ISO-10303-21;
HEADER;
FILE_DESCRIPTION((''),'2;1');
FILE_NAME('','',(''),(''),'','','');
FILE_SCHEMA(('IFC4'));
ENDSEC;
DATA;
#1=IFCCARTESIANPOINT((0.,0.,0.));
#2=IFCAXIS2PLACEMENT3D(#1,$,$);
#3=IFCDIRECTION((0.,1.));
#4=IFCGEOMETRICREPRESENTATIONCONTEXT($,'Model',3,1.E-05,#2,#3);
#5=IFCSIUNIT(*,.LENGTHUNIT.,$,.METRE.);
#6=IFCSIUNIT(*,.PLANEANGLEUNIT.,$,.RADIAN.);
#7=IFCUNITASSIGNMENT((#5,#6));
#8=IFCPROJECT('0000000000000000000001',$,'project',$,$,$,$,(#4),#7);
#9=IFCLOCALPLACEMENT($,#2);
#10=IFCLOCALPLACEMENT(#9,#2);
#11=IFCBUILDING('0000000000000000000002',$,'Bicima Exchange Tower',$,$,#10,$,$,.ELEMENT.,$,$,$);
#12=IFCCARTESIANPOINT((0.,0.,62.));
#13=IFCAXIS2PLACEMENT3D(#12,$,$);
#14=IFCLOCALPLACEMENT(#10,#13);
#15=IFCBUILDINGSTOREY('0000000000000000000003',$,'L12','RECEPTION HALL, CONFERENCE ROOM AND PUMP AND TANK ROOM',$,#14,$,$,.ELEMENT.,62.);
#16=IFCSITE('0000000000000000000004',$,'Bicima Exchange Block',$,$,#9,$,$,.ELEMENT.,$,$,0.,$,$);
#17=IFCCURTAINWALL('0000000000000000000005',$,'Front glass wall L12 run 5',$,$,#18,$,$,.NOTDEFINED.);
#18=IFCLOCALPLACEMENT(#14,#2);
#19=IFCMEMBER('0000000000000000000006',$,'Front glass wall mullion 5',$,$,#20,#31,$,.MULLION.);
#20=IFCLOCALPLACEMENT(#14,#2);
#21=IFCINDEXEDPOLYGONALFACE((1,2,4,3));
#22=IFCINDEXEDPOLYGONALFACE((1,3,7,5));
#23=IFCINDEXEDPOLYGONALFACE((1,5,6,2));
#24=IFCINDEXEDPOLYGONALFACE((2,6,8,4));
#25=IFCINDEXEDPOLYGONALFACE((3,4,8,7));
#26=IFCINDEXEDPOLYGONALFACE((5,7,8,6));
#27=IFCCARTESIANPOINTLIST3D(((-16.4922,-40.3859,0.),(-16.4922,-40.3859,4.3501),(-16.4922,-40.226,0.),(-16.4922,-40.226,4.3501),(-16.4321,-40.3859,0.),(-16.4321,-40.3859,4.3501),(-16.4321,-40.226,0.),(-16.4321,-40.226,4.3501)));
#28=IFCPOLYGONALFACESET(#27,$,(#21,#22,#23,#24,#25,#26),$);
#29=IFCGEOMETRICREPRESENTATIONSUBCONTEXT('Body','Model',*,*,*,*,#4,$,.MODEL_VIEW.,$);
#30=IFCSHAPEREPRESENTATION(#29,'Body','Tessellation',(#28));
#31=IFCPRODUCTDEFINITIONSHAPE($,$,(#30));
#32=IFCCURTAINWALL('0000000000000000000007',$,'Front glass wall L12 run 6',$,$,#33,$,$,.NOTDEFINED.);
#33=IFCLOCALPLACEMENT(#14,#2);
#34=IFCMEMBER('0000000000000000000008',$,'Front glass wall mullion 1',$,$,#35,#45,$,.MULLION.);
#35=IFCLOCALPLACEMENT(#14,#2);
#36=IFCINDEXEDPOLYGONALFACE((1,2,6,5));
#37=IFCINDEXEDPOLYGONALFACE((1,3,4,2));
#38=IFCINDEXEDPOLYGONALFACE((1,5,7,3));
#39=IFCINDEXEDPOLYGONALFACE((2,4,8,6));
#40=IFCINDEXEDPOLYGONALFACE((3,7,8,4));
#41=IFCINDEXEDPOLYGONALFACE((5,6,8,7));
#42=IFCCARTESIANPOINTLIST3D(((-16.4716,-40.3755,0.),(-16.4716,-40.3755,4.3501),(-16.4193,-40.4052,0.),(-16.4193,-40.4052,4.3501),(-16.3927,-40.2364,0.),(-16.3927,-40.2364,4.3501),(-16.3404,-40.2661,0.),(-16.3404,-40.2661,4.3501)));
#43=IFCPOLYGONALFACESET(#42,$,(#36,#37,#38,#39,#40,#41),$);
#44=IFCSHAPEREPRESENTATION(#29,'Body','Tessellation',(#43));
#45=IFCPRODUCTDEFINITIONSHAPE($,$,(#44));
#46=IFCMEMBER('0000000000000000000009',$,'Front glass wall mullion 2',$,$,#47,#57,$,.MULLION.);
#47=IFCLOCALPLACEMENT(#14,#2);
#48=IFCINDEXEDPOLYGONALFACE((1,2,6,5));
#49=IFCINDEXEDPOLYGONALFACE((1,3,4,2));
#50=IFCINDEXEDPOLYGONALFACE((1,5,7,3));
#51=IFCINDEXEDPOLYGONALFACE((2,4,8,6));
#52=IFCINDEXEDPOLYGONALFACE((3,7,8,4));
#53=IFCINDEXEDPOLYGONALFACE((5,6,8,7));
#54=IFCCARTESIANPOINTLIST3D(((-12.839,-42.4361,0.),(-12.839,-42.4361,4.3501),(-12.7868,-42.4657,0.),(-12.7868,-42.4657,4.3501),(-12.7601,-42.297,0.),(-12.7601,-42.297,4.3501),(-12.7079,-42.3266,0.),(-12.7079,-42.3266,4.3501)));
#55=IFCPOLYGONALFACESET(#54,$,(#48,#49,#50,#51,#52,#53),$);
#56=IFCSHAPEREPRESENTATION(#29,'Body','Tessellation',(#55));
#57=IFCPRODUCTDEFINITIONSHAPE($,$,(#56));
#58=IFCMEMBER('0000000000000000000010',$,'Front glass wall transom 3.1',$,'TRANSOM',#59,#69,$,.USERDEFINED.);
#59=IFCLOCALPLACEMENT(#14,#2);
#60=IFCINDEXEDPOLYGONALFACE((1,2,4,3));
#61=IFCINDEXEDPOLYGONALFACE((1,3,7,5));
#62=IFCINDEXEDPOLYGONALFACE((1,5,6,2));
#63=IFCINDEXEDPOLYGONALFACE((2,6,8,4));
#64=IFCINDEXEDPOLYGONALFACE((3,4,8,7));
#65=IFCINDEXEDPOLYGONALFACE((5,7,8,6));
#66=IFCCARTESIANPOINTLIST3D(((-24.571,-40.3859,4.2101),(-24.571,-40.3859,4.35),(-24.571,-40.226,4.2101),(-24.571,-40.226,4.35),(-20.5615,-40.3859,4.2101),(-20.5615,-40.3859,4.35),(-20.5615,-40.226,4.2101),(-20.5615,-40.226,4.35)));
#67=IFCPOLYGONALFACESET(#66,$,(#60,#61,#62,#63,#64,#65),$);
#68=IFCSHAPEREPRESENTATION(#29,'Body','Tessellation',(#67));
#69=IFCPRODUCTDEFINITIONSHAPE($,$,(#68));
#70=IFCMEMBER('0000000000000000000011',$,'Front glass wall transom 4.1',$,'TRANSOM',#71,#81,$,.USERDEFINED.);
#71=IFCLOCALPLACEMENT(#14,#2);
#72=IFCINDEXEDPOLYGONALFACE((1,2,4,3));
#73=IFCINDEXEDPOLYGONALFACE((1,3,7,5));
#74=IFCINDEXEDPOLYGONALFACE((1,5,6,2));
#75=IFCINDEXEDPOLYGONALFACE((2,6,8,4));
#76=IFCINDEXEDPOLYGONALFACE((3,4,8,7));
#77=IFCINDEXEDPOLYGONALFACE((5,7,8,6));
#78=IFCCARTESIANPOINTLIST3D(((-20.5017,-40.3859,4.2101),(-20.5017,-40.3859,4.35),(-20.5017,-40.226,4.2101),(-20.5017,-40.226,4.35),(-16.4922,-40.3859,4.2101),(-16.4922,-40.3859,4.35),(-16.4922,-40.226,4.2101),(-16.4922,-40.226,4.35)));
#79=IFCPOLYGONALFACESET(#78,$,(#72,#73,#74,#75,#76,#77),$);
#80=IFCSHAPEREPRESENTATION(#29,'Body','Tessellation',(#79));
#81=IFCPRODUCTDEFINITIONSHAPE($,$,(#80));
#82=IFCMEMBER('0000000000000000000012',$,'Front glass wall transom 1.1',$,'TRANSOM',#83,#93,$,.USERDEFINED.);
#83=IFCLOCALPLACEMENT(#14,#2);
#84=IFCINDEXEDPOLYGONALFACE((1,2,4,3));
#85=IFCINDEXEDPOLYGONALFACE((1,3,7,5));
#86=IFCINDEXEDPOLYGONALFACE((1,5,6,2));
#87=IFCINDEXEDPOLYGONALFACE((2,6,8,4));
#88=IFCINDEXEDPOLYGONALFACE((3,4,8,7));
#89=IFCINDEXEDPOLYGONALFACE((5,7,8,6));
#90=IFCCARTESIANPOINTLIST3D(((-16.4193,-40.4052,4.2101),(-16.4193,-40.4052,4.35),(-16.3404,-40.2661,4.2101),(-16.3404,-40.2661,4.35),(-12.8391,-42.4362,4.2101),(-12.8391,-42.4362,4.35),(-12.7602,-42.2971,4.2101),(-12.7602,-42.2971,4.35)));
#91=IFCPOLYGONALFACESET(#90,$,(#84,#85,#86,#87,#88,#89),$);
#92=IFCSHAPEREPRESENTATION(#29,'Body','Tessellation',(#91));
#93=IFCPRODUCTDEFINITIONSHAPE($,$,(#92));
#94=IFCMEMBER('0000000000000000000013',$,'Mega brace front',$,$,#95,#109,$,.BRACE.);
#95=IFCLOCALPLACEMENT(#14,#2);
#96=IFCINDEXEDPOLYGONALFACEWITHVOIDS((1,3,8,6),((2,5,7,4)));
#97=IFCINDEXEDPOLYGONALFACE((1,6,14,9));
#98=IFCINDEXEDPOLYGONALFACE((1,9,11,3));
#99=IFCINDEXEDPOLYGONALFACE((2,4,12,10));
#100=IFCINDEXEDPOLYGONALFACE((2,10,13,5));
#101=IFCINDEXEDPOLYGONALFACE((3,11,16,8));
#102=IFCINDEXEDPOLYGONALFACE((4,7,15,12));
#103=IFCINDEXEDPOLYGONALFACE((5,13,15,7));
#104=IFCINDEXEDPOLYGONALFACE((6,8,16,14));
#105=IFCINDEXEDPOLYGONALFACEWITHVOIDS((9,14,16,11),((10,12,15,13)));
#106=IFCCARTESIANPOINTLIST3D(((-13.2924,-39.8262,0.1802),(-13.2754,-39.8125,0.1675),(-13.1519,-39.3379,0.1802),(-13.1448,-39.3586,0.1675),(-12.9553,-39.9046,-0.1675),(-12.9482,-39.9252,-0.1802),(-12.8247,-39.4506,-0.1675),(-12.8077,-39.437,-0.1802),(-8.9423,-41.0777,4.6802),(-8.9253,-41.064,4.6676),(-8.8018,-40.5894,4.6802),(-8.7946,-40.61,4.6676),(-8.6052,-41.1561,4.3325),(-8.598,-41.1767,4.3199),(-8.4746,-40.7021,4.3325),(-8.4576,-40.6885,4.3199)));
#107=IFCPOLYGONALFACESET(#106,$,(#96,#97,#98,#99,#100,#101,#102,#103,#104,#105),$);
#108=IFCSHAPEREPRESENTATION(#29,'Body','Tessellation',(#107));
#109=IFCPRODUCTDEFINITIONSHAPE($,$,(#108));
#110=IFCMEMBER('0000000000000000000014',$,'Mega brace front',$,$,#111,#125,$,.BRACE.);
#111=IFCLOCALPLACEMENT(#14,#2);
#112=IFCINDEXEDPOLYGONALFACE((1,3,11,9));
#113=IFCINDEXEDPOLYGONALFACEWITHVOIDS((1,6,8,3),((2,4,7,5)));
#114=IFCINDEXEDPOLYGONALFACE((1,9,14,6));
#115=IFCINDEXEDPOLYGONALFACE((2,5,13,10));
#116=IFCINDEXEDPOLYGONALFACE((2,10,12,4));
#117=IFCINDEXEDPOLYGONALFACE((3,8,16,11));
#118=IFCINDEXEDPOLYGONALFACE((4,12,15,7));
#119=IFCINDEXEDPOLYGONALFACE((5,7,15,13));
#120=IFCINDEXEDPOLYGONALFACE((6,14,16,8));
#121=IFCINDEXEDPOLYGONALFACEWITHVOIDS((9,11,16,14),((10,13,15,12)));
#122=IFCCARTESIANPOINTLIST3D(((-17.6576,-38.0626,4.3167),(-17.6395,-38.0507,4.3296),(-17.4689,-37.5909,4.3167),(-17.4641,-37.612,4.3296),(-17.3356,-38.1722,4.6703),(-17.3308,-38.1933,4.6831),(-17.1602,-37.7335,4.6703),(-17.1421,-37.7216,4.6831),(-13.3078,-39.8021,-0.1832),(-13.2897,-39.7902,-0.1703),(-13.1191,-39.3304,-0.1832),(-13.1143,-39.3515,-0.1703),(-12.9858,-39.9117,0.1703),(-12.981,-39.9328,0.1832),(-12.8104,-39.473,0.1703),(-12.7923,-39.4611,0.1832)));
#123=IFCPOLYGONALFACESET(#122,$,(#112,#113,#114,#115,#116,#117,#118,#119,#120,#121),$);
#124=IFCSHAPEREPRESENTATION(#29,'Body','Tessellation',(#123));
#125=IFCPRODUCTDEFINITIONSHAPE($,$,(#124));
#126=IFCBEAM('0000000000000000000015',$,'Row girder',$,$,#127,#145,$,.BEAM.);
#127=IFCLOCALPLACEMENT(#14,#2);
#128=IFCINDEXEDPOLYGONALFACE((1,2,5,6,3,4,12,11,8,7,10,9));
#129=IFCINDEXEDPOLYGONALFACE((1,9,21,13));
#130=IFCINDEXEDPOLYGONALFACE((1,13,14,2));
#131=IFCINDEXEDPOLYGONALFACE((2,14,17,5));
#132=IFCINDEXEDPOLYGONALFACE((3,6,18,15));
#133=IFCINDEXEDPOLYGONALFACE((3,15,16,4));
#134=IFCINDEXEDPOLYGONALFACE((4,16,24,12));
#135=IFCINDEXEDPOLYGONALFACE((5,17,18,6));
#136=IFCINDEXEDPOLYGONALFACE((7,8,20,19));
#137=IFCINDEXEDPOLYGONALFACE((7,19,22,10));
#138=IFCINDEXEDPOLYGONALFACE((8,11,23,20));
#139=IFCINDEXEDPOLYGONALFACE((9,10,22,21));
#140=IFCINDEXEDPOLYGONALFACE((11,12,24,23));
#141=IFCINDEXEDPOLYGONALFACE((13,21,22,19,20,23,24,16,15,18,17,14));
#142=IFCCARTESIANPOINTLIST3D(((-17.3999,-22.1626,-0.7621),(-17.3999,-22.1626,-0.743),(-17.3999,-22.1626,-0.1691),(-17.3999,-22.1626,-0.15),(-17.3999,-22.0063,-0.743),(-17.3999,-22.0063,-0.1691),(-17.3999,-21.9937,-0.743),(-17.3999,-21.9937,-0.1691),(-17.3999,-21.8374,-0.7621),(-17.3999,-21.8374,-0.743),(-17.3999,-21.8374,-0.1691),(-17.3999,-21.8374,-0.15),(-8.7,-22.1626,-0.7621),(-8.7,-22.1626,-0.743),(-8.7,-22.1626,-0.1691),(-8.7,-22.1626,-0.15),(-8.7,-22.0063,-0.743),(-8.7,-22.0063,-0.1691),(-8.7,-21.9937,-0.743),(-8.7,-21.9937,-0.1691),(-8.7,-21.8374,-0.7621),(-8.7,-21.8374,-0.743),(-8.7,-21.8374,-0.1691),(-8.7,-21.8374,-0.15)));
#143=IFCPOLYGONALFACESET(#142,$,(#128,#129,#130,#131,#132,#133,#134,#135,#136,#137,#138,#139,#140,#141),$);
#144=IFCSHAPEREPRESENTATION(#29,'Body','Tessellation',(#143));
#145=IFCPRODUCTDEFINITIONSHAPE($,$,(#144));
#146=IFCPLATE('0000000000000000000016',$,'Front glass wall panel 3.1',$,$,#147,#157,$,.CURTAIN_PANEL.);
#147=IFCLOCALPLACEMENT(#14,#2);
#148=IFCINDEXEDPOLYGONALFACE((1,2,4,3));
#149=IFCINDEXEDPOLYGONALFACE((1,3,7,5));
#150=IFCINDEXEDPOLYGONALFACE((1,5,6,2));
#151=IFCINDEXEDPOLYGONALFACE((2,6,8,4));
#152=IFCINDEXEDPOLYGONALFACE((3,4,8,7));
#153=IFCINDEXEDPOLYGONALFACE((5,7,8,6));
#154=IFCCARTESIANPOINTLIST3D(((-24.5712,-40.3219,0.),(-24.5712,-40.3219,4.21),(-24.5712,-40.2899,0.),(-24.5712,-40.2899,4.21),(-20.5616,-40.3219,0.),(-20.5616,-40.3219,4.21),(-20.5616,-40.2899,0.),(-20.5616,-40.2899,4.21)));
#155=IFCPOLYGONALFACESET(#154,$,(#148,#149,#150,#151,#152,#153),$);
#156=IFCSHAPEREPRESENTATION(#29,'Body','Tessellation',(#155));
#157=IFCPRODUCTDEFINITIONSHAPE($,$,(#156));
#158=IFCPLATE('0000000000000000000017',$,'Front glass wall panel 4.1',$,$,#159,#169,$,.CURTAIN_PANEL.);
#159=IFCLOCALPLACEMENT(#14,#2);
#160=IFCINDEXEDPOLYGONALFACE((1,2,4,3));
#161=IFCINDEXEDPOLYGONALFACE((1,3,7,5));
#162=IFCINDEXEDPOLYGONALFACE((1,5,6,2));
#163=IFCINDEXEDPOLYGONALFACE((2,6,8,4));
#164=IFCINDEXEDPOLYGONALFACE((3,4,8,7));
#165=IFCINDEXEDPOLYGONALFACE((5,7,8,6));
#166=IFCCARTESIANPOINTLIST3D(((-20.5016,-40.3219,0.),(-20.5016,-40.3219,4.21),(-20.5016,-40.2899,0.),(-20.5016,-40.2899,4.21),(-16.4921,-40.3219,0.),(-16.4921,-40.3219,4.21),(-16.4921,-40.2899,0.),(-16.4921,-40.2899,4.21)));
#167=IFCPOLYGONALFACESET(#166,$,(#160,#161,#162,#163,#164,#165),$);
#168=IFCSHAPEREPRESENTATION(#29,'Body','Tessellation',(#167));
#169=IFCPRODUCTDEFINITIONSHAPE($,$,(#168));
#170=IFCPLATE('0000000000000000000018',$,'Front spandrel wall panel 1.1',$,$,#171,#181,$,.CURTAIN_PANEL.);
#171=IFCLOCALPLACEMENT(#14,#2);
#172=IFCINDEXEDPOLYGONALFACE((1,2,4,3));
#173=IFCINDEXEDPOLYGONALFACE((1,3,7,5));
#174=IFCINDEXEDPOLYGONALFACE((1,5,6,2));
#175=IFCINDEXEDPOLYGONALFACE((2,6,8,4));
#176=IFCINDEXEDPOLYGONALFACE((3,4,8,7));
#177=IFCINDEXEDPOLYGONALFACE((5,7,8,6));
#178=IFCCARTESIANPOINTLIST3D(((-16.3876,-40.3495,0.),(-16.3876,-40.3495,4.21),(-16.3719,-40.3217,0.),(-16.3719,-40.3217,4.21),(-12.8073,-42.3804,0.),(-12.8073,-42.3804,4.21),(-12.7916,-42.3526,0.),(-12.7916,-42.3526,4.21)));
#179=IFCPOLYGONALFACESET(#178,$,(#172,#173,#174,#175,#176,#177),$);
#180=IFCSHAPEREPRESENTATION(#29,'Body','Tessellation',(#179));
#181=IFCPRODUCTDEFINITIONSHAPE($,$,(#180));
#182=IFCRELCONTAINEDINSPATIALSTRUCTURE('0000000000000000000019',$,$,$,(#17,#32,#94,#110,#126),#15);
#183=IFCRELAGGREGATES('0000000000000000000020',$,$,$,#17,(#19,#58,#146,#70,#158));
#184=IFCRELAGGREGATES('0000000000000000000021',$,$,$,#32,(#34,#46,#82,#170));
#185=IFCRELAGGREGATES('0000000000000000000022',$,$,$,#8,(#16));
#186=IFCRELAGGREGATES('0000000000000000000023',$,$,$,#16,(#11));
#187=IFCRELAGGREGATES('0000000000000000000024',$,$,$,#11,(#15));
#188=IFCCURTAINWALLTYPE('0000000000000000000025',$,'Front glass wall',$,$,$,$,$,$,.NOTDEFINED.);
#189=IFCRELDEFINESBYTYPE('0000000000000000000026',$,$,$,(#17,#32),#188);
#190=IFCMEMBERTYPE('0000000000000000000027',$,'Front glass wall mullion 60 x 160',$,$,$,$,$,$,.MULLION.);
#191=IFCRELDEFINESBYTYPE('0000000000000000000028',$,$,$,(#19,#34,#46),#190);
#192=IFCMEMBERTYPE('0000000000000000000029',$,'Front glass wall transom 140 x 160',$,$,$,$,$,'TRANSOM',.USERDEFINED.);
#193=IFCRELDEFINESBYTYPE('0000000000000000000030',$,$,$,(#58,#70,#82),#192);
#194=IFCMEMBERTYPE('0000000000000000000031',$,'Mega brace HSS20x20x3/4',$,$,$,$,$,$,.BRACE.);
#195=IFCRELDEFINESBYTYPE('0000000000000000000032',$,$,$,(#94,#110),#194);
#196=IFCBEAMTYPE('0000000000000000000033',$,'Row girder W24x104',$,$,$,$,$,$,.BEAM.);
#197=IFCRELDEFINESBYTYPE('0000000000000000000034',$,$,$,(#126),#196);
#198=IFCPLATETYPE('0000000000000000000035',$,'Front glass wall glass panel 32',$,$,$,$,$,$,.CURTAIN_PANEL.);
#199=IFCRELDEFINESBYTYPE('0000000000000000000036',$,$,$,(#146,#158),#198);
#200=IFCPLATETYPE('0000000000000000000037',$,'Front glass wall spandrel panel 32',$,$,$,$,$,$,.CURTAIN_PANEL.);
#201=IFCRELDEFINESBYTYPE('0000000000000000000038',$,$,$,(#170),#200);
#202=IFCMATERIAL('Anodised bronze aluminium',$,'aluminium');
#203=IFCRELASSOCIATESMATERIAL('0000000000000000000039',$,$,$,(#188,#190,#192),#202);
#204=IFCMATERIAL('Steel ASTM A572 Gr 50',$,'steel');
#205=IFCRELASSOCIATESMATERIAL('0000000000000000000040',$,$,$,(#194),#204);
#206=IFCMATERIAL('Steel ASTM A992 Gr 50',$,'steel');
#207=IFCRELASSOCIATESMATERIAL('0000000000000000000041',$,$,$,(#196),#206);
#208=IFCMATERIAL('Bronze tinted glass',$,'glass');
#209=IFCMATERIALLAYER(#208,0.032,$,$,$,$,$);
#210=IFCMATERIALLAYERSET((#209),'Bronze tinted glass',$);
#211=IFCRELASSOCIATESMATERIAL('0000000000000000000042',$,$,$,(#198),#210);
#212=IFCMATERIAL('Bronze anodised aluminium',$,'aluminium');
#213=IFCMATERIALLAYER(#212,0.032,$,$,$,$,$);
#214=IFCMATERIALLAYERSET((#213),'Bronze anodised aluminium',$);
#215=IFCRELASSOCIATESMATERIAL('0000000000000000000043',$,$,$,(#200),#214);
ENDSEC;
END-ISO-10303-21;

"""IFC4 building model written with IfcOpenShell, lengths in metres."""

from ifc_helpers import new_model, si_unit, direction, frame, origin, origin_2d, place, context, subcontext, project, spatial, rectangle, hollow_rectangle, i_section, extrude, material, layer, layer_set, material_profile, profile_set, type_object, element, aggregate, save


model = new_model("IFC4")

# Units and contexts
model_context = context("Model", 3, precision=1e-05, world=origin(), true_north=direction((0.0, 1.0)))
body_context = subcontext(model_context, "Body", "Model", "MODEL_VIEW")
ifc_project = project(units=[si_unit("LENGTHUNIT", "METRE"), si_unit("PLANEANGLEUNIT", "RADIAN")], contexts=[model_context])

# Site, building, storey
site_placement = place(None, origin())
site = spatial("IfcSite", under=ifc_project, at=site_placement, Name="Bicima Exchange Block", CompositionType="ELEMENT", RefElevation=0.0)
building_placement = place(site_placement, origin())
building = spatial("IfcBuilding", under=site, at=building_placement, Name="Bicima Exchange Tower", CompositionType="ELEMENT")
storey_placement = place(building_placement, frame((0.0, 0.0, 62.0)))
storey = spatial("IfcBuildingStorey", under=building, at=storey_placement, Name="L12", Description="RECEPTION HALL, CONFERENCE ROOM AND PUMP AND TANK ROOM", CompositionType="ELEMENT", Elevation=62.0)

# Shared definitions
ifc_material_1 = material(Name="Steel ASTM A992 Gr 50", Category="steel")

# Shared definitions
ifc_material_2 = material(Name="Steel ASTM A572 Gr 50", Category="steel")

# Curtain walls, members
ifc_material_3 = material(Name="Anodised bronze aluminium", Category="aluminium")
curtain_wall_type = type_object("IfcCurtainWallType", Name="Front glass wall", PredefinedType="NOTDEFINED", material=ifc_material_3)
curtain_wall_1_placement = place(storey_placement, origin())
curtain_wall_1 = element("IfcCurtainWall", 1, at=curtain_wall_1_placement, inside=storey, type_object=curtain_wall_type, Name="Front glass wall L12 run 5", PredefinedType="NOTDEFINED")
ifc_material_profile_1 = material_profile(ifc_material_3, rectangle(XDim=0.1599, YDim=0.0601, at=origin_2d()))
ifc_profile_set_1 = profile_set([ifc_material_profile_1], Name="Anodised bronze aluminium")
member_type_1 = type_object("IfcMemberType", Name="Front glass wall mullion 60 x 160", PredefinedType="MULLION", material=ifc_profile_set_1)
member_1_placement = place(storey_placement, frame((-16.4622, -40.3059, 0.0), z_axis=(0.0, 0.0, 1.0), x_axis=(0.0, 1.0, 0.0)))
member_1 = element("IfcMember", 2, at=member_1_placement, type_object=member_type_1, Name="Front glass wall mullion 5", PredefinedType="MULLION", context=body_context, shape_type="SweptSolid", body=[
    extrude(rectangle(XDim=0.1599, YDim=0.0601, at=origin_2d()), origin(), (0.0, 0.0, 1.0), 4.3501),
])
curtain_wall_2_placement = place(storey_placement, origin())
curtain_wall_2 = element("IfcCurtainWall", 3, at=curtain_wall_2_placement, inside=storey, type_object=curtain_wall_type, Name="Front glass wall L12 run 6", PredefinedType="NOTDEFINED")
member_2_placement = place(storey_placement, frame((-16.406, -40.3208, 0.0), z_axis=(0.0, 0.0, 1.0), x_axis=(0.493395, 0.869805, 0.0)))
member_2 = element("IfcMember", 4, at=member_2_placement, type_object=member_type_1, Name="Front glass wall mullion 1", PredefinedType="MULLION", context=body_context, shape_type="SweptSolid", body=[
    extrude(rectangle(XDim=0.1599, YDim=0.0601, at=origin_2d()), origin(), (0.0, 0.0, 1.0), 4.3501),
])
member_3_placement = place(storey_placement, frame((-12.7734, -42.3813, 0.0), z_axis=(0.0, 0.0, 1.0), x_axis=(0.493395, 0.869805, 0.0)))
member_3 = element("IfcMember", 5, at=member_3_placement, type_object=member_type_1, Name="Front glass wall mullion 2", PredefinedType="MULLION", context=body_context, shape_type="SweptSolid", body=[
    extrude(rectangle(XDim=0.1599, YDim=0.0601, at=origin_2d()), origin(), (0.0, 0.0, 1.0), 4.3501),
])

# Members
ifc_material_profile_2 = material_profile(ifc_material_3, rectangle(XDim=0.1599, YDim=0.1399, at=origin_2d()))
ifc_profile_set_2 = profile_set([ifc_material_profile_2], Name="Anodised bronze aluminium")
member_type_2 = type_object("IfcMemberType", Name="Front glass wall transom 140 x 160", ElementType="TRANSOM", PredefinedType="USERDEFINED", material=ifc_profile_set_2)
member_4_placement = place(storey_placement, frame((-24.571, -40.3059, 4.28), z_axis=(1.0, 0.0, 0.0), x_axis=(0.0, 1.0, 0.0)))
member_4 = element("IfcMember", 6, at=member_4_placement, type_object=member_type_2, Name="Front glass wall transom 3.1", ObjectType="TRANSOM", PredefinedType="USERDEFINED", context=body_context, shape_type="SweptSolid", body=[
    extrude(rectangle(XDim=0.1599, YDim=0.1399, at=origin_2d()), origin(), (0.0, 0.0, 1.0), 4.0095),
])
member_5_placement = place(storey_placement, frame((-20.5017, -40.3059, 4.28), z_axis=(1.0, 0.0, 0.0), x_axis=(0.0, 1.0, 0.0)))
member_5 = element("IfcMember", 7, at=member_5_placement, type_object=member_type_2, Name="Front glass wall transom 4.1", ObjectType="TRANSOM", PredefinedType="USERDEFINED", context=body_context, shape_type="SweptSolid", body=[
    extrude(rectangle(XDim=0.1599, YDim=0.1399, at=origin_2d()), origin(), (0.0, 0.0, 1.0), 4.0095),
])
member_6_placement = place(storey_placement, frame((-16.3799, -40.3357, 4.28), z_axis=(0.869797, -0.493409, 0.0), x_axis=(0.493409, 0.869797, 0.0)))
member_6 = element("IfcMember", 8, at=member_6_placement, type_object=member_type_2, Name="Front glass wall transom 1.1", ObjectType="TRANSOM", PredefinedType="USERDEFINED", context=body_context, shape_type="SweptSolid", body=[
    extrude(rectangle(XDim=0.1599, YDim=0.1399, at=origin_2d()), origin(), (0.0, 0.0, 1.0), 4.1162),
])

# Members
ifc_material_profile_3 = material_profile(ifc_material_2, hollow_rectangle(XDim=0.5081, YDim=0.5081, WallThickness=0.0178, at=origin_2d()))
ifc_profile_set_3 = profile_set([ifc_material_profile_3], Name="Steel ASTM A572 Gr 50")
member_type_3 = type_object("IfcMemberType", Name="Mega brace HSS20x20x3/4", PredefinedType="BRACE", material=ifc_profile_set_3)
member_7_placement = place(storey_placement, frame((-13.05, -39.6316, 0.0), z_axis=(0.68154, -0.19607, 0.705025), x_axis=(0.276473, 0.961022, 0.0)))
element("IfcMember", 9, at=member_7_placement, inside=storey, type_object=member_type_3, Name="Mega brace front", PredefinedType="BRACE", context=body_context, shape_type="SweptSolid", body=[
    extrude(hollow_rectangle(XDim=0.5081, YDim=0.5081, WallThickness=0.0178, at=origin_2d()), origin(), (0.0, 0.0, 1.0), 6.3828),
])
member_8_placement = place(storey_placement, frame((-13.05, -39.6316, 0.0), z_axis=(-0.669628, 0.267783, 0.692742), x_axis=(-0.37131, -0.928509, 0.0)))
element("IfcMember", 10, at=member_8_placement, inside=storey, type_object=member_type_3, Name="Mega brace front", PredefinedType="BRACE", context=body_context, shape_type="SweptSolid", body=[
    extrude(hollow_rectangle(XDim=0.5081, YDim=0.5081, WallThickness=0.0178, at=origin_2d()), origin(), (0.0, 0.0, 1.0), 6.4958),
])

# Beam
ifc_material_profile_4 = material_profile(ifc_material_1, i_section(OverallWidth=0.3252, OverallDepth=0.6121, WebThickness=0.0127, FlangeThickness=0.019, at=origin_2d()))
ifc_profile_set_4 = profile_set([ifc_material_profile_4], Name="Steel ASTM A992 Gr 50")
beam_type_1 = type_object("IfcBeamType", Name="Row girder W24x104", PredefinedType="BEAM", material=ifc_profile_set_4)
beam_1_placement = place(storey_placement, frame((-17.3999, -22.0, -0.4561), z_axis=(1.0, 0.0, 0.0), x_axis=(0.0, 1.0, 0.0)))
element("IfcBeam", 11, at=beam_1_placement, inside=storey, type_object=beam_type_1, Name="Row girder", PredefinedType="BEAM", context=body_context, shape_type="SweptSolid", body=[
    extrude(i_section(OverallWidth=0.3252, OverallDepth=0.6121, WebThickness=0.0127, FlangeThickness=0.019, at=origin_2d()), origin(), (0.0, 0.0, 1.0), 8.7),
])

# Plates
ifc_material_4 = material(Name="Bronze tinted glass", Category="glass")
ifc_layer_1 = layer(ifc_material_4, 0.032)
ifc_layer_set_1 = layer_set([ifc_layer_1], Name="Bronze tinted glass")
plate_type_1 = type_object("IfcPlateType", Name="Front glass wall glass panel 32", PredefinedType="CURTAIN_PANEL", material=ifc_layer_set_1)
plate_1_placement = place(storey_placement, frame((-22.5664, -40.3059, 0.0), z_axis=(0.0, 0.0, 1.0), x_axis=(1.0, 0.0, 0.0)))
plate_1 = element("IfcPlate", 12, at=plate_1_placement, type_object=plate_type_1, Name="Front glass wall panel 3.1", PredefinedType="CURTAIN_PANEL", context=body_context, shape_type="SweptSolid", body=[
    extrude(rectangle(XDim=4.0095, YDim=0.032, at=origin_2d()), origin(), (0.0, 0.0, 1.0), 4.21),
])
plate_2_placement = place(storey_placement, frame((-18.4968, -40.3059, 0.0), z_axis=(0.0, 0.0, 1.0), x_axis=(1.0, 0.0, 0.0)))
plate_2 = element("IfcPlate", 13, at=plate_2_placement, type_object=plate_type_1, Name="Front glass wall panel 4.1", PredefinedType="CURTAIN_PANEL", context=body_context, shape_type="SweptSolid", body=[
    extrude(rectangle(XDim=4.0095, YDim=0.032, at=origin_2d()), origin(), (0.0, 0.0, 1.0), 4.21),
])
aggregate(curtain_wall_1, [member_1, member_4, plate_1, member_5, plate_2])
ifc_material_5 = material(Name="Bronze anodised aluminium", Category="aluminium")
ifc_layer_2 = layer(ifc_material_5, 0.032)
ifc_layer_set_2 = layer_set([ifc_layer_2], Name="Bronze anodised aluminium")
plate_type_2 = type_object("IfcPlateType", Name="Front glass wall spandrel panel 32", PredefinedType="CURTAIN_PANEL", material=ifc_layer_set_2)
plate_3_placement = place(storey_placement, frame((-14.5896, -41.3511, 0.0), z_axis=(0.0, 0.0, 1.0), x_axis=(0.869805, -0.493395, 0.0)))
plate_3 = element("IfcPlate", 14, at=plate_3_placement, type_object=plate_type_2, Name="Front spandrel wall panel 1.1", PredefinedType="CURTAIN_PANEL", context=body_context, shape_type="SweptSolid", body=[
    extrude(rectangle(XDim=4.1162, YDim=0.032, at=origin_2d()), origin(), (0.0, 0.0, 1.0), 4.21),
])
aggregate(curtain_wall_2, [member_2, member_3, member_6, plate_3])

save(model, "model.ifc")
